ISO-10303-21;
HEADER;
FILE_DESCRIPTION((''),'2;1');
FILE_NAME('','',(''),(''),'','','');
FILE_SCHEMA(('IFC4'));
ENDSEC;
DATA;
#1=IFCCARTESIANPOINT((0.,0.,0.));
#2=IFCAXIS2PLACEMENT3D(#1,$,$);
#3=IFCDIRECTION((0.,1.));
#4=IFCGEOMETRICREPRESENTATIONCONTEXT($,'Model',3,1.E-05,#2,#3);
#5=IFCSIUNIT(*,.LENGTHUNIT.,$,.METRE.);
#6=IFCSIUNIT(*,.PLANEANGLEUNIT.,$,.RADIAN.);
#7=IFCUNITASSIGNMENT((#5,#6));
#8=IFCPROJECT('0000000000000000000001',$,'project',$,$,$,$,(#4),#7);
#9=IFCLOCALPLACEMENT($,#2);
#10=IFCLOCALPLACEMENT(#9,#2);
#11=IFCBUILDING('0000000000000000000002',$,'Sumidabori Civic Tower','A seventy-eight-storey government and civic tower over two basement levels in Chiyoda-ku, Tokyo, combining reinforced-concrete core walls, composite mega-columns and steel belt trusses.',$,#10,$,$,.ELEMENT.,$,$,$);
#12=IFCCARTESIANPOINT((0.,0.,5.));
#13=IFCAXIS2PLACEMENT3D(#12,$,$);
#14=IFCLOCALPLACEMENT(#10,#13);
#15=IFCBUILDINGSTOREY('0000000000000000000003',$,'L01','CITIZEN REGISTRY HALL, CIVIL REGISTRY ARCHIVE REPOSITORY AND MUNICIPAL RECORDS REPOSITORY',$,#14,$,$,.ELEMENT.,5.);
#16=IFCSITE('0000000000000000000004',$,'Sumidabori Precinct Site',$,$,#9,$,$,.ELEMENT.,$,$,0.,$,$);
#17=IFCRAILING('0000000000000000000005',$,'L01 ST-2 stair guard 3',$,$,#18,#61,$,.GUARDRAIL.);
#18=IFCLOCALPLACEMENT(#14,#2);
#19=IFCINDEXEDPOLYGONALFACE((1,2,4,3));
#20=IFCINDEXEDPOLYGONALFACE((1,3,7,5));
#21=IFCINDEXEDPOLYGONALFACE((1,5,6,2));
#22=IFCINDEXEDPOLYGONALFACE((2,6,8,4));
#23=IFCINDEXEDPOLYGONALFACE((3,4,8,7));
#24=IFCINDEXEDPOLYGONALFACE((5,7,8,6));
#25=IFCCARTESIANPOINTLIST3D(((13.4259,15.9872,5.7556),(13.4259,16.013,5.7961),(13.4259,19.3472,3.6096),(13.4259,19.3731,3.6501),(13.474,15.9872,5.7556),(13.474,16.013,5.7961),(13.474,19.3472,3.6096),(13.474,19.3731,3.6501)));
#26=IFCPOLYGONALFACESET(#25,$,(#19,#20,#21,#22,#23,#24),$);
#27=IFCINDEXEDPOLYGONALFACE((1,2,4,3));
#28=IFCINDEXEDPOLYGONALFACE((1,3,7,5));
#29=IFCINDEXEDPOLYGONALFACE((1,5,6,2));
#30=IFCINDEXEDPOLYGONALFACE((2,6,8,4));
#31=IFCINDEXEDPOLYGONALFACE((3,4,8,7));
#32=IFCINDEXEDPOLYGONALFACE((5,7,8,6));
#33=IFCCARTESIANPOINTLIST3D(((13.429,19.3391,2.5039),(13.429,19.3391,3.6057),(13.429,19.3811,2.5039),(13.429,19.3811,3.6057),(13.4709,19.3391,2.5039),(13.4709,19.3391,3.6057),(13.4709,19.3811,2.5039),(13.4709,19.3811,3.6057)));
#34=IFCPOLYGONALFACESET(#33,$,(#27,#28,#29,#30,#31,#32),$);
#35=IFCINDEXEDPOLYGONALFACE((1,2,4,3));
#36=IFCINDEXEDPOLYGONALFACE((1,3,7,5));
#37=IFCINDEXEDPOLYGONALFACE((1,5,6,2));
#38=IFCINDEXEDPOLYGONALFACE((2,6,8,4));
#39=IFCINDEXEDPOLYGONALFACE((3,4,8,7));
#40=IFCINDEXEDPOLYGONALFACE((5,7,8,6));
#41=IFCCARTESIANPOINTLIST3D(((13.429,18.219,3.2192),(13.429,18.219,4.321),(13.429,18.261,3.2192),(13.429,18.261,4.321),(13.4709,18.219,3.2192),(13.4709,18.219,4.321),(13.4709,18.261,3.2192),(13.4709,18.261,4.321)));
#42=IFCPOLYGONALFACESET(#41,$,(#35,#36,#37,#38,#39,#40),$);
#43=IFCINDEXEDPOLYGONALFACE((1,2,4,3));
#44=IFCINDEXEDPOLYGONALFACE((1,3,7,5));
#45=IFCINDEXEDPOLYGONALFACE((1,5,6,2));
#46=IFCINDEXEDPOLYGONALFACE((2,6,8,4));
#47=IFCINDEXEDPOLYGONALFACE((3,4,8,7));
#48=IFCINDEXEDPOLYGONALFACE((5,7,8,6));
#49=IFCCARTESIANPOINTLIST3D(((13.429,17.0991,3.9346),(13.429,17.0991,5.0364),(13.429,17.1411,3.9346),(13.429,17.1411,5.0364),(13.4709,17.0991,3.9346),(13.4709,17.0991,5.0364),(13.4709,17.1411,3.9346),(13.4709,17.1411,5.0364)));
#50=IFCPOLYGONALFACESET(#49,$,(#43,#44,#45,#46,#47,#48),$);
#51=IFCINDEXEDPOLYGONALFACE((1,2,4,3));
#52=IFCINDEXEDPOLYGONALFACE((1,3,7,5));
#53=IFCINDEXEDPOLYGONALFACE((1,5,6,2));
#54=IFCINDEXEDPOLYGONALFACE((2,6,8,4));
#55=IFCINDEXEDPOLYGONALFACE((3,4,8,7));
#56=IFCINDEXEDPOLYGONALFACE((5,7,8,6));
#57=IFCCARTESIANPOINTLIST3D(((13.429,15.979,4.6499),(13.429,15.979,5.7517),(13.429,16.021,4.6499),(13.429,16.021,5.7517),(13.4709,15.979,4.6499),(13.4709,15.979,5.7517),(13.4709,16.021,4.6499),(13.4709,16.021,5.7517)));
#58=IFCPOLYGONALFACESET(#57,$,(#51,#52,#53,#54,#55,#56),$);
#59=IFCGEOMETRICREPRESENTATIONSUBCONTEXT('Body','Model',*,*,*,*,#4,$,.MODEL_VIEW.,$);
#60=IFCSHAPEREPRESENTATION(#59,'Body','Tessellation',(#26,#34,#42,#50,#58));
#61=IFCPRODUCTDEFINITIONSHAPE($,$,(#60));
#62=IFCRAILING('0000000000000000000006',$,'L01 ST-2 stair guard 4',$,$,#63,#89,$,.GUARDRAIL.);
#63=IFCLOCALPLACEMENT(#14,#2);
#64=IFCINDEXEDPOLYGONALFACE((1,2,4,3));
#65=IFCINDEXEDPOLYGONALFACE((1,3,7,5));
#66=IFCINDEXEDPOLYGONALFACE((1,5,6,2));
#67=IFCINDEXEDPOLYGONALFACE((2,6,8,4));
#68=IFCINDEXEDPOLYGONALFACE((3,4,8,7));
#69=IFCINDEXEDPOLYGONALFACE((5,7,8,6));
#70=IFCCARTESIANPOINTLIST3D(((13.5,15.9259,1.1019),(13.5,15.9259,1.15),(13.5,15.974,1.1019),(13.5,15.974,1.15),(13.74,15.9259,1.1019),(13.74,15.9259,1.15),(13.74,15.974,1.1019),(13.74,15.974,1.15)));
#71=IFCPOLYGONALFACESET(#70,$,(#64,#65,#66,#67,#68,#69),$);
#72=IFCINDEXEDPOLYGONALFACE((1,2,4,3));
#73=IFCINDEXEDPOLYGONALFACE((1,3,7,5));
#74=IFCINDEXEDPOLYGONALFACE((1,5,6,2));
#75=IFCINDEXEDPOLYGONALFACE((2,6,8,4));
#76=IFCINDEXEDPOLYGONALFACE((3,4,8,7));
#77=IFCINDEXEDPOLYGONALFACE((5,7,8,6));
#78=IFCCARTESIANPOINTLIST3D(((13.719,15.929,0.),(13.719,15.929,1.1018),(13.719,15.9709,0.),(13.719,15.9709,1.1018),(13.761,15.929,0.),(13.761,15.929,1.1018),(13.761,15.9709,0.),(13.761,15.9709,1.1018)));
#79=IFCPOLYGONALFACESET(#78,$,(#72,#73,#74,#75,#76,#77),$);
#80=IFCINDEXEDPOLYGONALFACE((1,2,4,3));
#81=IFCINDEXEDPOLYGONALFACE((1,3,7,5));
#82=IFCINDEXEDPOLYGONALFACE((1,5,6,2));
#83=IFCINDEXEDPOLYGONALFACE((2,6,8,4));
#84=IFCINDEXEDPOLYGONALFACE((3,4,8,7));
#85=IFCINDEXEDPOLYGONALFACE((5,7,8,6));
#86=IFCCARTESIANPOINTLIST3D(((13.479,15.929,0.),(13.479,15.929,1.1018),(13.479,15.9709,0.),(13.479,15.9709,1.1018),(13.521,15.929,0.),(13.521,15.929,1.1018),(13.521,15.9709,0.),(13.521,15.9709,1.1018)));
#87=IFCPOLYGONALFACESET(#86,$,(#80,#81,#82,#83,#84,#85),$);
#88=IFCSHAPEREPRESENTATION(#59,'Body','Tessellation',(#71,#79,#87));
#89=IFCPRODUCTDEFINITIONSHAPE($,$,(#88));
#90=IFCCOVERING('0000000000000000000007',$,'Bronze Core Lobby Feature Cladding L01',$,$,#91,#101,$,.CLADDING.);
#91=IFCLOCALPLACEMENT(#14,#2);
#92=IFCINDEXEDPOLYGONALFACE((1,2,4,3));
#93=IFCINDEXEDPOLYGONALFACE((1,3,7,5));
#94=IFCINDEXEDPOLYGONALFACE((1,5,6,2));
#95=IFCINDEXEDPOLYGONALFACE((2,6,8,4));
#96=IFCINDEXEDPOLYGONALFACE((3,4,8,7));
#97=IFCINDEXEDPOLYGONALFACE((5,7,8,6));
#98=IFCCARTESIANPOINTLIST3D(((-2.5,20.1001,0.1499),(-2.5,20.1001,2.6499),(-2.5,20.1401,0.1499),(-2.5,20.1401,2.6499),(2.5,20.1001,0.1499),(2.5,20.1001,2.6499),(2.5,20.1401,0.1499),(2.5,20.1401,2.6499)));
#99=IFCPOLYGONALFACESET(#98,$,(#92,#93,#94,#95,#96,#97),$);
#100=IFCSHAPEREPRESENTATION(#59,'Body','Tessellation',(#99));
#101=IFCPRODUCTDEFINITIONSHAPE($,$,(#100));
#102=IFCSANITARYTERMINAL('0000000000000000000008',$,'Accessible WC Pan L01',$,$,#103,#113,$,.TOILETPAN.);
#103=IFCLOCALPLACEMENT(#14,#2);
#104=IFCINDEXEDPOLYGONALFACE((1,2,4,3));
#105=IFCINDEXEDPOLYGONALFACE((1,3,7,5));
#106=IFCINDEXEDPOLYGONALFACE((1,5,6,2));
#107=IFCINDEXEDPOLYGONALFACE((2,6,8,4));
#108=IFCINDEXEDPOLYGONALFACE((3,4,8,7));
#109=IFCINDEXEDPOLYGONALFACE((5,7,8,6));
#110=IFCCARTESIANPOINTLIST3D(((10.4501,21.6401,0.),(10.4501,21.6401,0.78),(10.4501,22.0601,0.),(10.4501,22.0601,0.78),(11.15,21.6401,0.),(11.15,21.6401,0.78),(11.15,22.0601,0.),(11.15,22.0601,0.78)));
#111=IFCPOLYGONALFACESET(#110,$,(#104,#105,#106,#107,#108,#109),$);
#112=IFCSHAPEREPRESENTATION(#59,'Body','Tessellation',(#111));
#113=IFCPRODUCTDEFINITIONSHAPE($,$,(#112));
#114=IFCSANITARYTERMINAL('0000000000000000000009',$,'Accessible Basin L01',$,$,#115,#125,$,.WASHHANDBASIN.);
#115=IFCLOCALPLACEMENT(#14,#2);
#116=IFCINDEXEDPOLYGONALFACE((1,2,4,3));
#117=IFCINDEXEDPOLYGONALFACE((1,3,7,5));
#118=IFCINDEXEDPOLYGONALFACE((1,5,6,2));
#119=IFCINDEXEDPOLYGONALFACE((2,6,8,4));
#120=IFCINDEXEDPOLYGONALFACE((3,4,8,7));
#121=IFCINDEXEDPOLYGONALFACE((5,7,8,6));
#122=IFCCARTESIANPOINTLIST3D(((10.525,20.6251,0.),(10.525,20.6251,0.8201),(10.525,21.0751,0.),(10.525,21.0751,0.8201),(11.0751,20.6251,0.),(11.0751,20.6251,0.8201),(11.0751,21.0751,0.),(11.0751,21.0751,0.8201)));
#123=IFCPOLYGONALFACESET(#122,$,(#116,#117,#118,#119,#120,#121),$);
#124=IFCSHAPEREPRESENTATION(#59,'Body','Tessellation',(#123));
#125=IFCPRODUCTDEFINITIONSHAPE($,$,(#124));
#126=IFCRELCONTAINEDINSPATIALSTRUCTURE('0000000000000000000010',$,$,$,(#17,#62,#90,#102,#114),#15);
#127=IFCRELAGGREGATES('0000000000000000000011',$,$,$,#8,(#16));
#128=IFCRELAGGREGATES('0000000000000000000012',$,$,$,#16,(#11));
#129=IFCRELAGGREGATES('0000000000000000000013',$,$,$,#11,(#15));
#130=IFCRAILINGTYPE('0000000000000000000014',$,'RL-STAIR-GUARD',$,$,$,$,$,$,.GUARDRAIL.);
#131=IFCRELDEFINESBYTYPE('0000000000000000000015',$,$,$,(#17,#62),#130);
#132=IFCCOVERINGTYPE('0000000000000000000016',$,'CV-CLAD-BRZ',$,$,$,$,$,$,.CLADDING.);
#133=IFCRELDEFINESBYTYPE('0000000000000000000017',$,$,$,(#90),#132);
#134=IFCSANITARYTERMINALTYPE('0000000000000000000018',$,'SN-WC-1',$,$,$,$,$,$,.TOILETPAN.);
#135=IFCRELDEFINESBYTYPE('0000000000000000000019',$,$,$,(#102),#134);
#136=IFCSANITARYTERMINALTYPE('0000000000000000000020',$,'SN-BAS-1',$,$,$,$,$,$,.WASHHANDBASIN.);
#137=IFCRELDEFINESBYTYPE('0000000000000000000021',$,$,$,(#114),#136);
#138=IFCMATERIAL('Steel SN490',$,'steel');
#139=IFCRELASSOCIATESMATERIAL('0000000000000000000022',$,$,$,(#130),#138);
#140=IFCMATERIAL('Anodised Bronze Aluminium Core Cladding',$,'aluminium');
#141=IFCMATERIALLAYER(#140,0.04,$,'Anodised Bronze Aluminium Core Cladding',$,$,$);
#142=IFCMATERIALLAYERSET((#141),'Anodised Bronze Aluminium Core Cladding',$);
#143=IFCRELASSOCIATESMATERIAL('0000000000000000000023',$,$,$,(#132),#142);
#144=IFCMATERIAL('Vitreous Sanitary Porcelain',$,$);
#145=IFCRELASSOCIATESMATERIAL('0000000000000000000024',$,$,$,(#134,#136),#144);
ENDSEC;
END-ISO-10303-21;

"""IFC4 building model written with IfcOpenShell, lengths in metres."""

from ifc_helpers import new_model, si_unit, direction, frame, origin, origin_2d, place, context, subcontext, project, spatial, rectangle, extrude, source, transform, mapped, material, layer, layer_set, type_object, element, save


model = new_model("IFC4")

# Units and contexts
model_context = context("Model", 3, precision=1e-05, world=origin(), true_north=direction((0.0, 1.0)))
body_context = subcontext(model_context, "Body", "Model", "MODEL_VIEW")
ifc_project = project(units=[si_unit("LENGTHUNIT", "METRE"), si_unit("PLANEANGLEUNIT", "RADIAN")], contexts=[model_context])

# Site, building, storey
site_placement = place(None, origin())
site = spatial("IfcSite", under=ifc_project, at=site_placement, Name="Sumidabori Precinct Site", CompositionType="ELEMENT", RefElevation=0.0)
building_placement = place(site_placement, origin())
building = spatial("IfcBuilding", under=site, at=building_placement, Name="Sumidabori Civic Tower", Description="A seventy-eight-storey government and civic tower over two basement levels in Chiyoda-ku, Tokyo, combining reinforced-concrete core walls, composite mega-columns and steel belt trusses.", CompositionType="ELEMENT")
storey_placement = place(building_placement, frame((0.0, 0.0, 5.0)))
storey = spatial("IfcBuildingStorey", under=building, at=storey_placement, Name="L01", Description="CITIZEN REGISTRY HALL, CIVIL REGISTRY ARCHIVE REPOSITORY AND MUNICIPAL RECORDS REPOSITORY", CompositionType="ELEMENT", Elevation=5.0)

# Shared definitions
ifc_material_1 = material(Name="Steel SN490", Category="steel")

# Railings
railing_type_1 = type_object("IfcRailingType", Name="RL-STAIR-GUARD", PredefinedType="GUARDRAIL", material=ifc_material_1)
railing_1_placement = place(storey_placement, frame((13.45, 19.3601, 2.5039)))
element("IfcRailing", 1, at=railing_1_placement, inside=storey, type_object=railing_type_1, Name="L01 ST-2 stair guard 3", PredefinedType="GUARDRAIL", context=body_context, shape_type="SweptSolid", body=[
    extrude(rectangle(XDim=0.0481, YDim=0.0481, at=origin_2d()), frame((0.0, 0.0, 1.126), z_axis=(0.0, -0.84278, 0.538258), x_axis=(1.0, 0.0, 0.0)), (0.0, 0.0, 1.0), 3.9868),
    extrude(rectangle(XDim=0.042, YDim=0.042, at=origin_2d()), origin(), (0.0, 0.0, 1.0), 1.1018),
    extrude(rectangle(XDim=0.042, YDim=0.042, at=origin_2d()), frame((0.0, -1.1201, 0.7153)), (0.0, 0.0, 1.0), 1.1018),
    extrude(rectangle(XDim=0.042, YDim=0.042, at=origin_2d()), frame((0.0, -2.24, 1.4307)), (0.0, 0.0, 1.0), 1.1018),
    extrude(rectangle(XDim=0.042, YDim=0.042, at=origin_2d()), frame((0.0, -3.3601, 2.146)), (0.0, 0.0, 1.0), 1.1018),
])
railing_2_placement = place(storey_placement, frame((13.74, 15.95, 0.0)))
element("IfcRailing", 2, at=railing_2_placement, inside=storey, type_object=railing_type_1, Name="L01 ST-2 stair guard 4", PredefinedType="GUARDRAIL", context=body_context, shape_type="SweptSolid", body=[
    extrude(rectangle(XDim=0.0481, YDim=0.0481, at=origin_2d()), frame((0.0, 0.0, 1.126), z_axis=(-1.0, 0.0, 0.0), x_axis=(0.0, -1.0, 0.0)), (0.0, 0.0, 1.0), 0.24),
    extrude(rectangle(XDim=0.042, YDim=0.042, at=origin_2d()), origin(), (0.0, 0.0, 1.0), 1.1018),
    extrude(rectangle(XDim=0.042, YDim=0.042, at=origin_2d()), frame((-0.24, 0.0, 0.0)), (0.0, 0.0, 1.0), 1.1018),
])

# Covering
ifc_material_2 = material(Name="Anodised Bronze Aluminium Core Cladding", Category="aluminium")
ifc_layer_1 = layer(ifc_material_2, 0.04, Name="Anodised Bronze Aluminium Core Cladding")
ifc_layer_set_1 = layer_set([ifc_layer_1], Name="Anodised Bronze Aluminium Core Cladding")
covering_type = type_object("IfcCoveringType", Name="CV-CLAD-BRZ", PredefinedType="CLADDING", material=ifc_layer_set_1)
shared_shape_1 = source(origin(), body_context, "Body", "SweptSolid", [
    extrude(rectangle(XDim=5.0, YDim=0.04, at=origin_2d()), origin(), (0.0, 0.0, 1.0), 2.5),
])
covering_placement = place(storey_placement, frame((0.0, 20.1201, 0.1499), z_axis=(0.0, 0.0, 1.0), x_axis=(1.0, 0.0, 0.0)))
element("IfcCovering", 3, at=covering_placement, inside=storey, type_object=covering_type, Name="Bronze Core Lobby Feature Cladding L01", PredefinedType="CLADDING", context=body_context, shape_type="MappedRepresentation", body=[
    mapped(shared_shape_1, transform((0.0, 0.0, 0.0), x_axis=(1.0, 0.0, 0.0), y_axis=(0.0, 1.0, 0.0), z_axis=(0.0, 0.0, 1.0), scale=1.0)),
])

# Sanitary terminals
ifc_material_3 = material(Name="Vitreous Sanitary Porcelain")
sanitary_terminal_type_1 = type_object("IfcSanitaryTerminalType", Name="SN-WC-1", PredefinedType="TOILETPAN", material=ifc_material_3)
shared_shape_2 = source(origin(), body_context, "Body", "SweptSolid", [
    extrude(rectangle(XDim=0.7, YDim=0.4199, at=origin_2d()), origin(), (0.0, 0.0, 1.0), 0.78),
])
sanitary_terminal_1_placement = place(storey_placement, frame((10.8, 21.8501, 0.0), z_axis=(0.0, 0.0, 1.0), x_axis=(1.0, 0.0, 0.0)))
element("IfcSanitaryTerminal", 4, at=sanitary_terminal_1_placement, inside=storey, type_object=sanitary_terminal_type_1, Name="Accessible WC Pan L01", PredefinedType="TOILETPAN", context=body_context, shape_type="MappedRepresentation", body=[
    mapped(shared_shape_2, transform((0.0, 0.0, 0.0), x_axis=(1.0, 0.0, 0.0), y_axis=(0.0, 1.0, 0.0), z_axis=(0.0, 0.0, 1.0), scale=1.0)),
])
sanitary_terminal_type_2 = type_object("IfcSanitaryTerminalType", Name="SN-BAS-1", PredefinedType="WASHHANDBASIN", material=ifc_material_3)
shared_shape_3 = source(origin(), body_context, "Body", "SweptSolid", [
    extrude(rectangle(XDim=0.55, YDim=0.45, at=origin_2d()), origin(), (0.0, 0.0, 1.0), 0.8201),
])
sanitary_terminal_2_placement = place(storey_placement, frame((10.8, 20.8501, 0.0), z_axis=(0.0, 0.0, 1.0), x_axis=(1.0, 0.0, 0.0)))
element("IfcSanitaryTerminal", 5, at=sanitary_terminal_2_placement, inside=storey, type_object=sanitary_terminal_type_2, Name="Accessible Basin L01", PredefinedType="WASHHANDBASIN", context=body_context, shape_type="MappedRepresentation", body=[
    mapped(shared_shape_3, transform((0.0, 0.0, 0.0), x_axis=(1.0, 0.0, 0.0), y_axis=(0.0, 1.0, 0.0), z_axis=(0.0, 0.0, 1.0), scale=1.0)),
])

save(model, "model.ifc")
